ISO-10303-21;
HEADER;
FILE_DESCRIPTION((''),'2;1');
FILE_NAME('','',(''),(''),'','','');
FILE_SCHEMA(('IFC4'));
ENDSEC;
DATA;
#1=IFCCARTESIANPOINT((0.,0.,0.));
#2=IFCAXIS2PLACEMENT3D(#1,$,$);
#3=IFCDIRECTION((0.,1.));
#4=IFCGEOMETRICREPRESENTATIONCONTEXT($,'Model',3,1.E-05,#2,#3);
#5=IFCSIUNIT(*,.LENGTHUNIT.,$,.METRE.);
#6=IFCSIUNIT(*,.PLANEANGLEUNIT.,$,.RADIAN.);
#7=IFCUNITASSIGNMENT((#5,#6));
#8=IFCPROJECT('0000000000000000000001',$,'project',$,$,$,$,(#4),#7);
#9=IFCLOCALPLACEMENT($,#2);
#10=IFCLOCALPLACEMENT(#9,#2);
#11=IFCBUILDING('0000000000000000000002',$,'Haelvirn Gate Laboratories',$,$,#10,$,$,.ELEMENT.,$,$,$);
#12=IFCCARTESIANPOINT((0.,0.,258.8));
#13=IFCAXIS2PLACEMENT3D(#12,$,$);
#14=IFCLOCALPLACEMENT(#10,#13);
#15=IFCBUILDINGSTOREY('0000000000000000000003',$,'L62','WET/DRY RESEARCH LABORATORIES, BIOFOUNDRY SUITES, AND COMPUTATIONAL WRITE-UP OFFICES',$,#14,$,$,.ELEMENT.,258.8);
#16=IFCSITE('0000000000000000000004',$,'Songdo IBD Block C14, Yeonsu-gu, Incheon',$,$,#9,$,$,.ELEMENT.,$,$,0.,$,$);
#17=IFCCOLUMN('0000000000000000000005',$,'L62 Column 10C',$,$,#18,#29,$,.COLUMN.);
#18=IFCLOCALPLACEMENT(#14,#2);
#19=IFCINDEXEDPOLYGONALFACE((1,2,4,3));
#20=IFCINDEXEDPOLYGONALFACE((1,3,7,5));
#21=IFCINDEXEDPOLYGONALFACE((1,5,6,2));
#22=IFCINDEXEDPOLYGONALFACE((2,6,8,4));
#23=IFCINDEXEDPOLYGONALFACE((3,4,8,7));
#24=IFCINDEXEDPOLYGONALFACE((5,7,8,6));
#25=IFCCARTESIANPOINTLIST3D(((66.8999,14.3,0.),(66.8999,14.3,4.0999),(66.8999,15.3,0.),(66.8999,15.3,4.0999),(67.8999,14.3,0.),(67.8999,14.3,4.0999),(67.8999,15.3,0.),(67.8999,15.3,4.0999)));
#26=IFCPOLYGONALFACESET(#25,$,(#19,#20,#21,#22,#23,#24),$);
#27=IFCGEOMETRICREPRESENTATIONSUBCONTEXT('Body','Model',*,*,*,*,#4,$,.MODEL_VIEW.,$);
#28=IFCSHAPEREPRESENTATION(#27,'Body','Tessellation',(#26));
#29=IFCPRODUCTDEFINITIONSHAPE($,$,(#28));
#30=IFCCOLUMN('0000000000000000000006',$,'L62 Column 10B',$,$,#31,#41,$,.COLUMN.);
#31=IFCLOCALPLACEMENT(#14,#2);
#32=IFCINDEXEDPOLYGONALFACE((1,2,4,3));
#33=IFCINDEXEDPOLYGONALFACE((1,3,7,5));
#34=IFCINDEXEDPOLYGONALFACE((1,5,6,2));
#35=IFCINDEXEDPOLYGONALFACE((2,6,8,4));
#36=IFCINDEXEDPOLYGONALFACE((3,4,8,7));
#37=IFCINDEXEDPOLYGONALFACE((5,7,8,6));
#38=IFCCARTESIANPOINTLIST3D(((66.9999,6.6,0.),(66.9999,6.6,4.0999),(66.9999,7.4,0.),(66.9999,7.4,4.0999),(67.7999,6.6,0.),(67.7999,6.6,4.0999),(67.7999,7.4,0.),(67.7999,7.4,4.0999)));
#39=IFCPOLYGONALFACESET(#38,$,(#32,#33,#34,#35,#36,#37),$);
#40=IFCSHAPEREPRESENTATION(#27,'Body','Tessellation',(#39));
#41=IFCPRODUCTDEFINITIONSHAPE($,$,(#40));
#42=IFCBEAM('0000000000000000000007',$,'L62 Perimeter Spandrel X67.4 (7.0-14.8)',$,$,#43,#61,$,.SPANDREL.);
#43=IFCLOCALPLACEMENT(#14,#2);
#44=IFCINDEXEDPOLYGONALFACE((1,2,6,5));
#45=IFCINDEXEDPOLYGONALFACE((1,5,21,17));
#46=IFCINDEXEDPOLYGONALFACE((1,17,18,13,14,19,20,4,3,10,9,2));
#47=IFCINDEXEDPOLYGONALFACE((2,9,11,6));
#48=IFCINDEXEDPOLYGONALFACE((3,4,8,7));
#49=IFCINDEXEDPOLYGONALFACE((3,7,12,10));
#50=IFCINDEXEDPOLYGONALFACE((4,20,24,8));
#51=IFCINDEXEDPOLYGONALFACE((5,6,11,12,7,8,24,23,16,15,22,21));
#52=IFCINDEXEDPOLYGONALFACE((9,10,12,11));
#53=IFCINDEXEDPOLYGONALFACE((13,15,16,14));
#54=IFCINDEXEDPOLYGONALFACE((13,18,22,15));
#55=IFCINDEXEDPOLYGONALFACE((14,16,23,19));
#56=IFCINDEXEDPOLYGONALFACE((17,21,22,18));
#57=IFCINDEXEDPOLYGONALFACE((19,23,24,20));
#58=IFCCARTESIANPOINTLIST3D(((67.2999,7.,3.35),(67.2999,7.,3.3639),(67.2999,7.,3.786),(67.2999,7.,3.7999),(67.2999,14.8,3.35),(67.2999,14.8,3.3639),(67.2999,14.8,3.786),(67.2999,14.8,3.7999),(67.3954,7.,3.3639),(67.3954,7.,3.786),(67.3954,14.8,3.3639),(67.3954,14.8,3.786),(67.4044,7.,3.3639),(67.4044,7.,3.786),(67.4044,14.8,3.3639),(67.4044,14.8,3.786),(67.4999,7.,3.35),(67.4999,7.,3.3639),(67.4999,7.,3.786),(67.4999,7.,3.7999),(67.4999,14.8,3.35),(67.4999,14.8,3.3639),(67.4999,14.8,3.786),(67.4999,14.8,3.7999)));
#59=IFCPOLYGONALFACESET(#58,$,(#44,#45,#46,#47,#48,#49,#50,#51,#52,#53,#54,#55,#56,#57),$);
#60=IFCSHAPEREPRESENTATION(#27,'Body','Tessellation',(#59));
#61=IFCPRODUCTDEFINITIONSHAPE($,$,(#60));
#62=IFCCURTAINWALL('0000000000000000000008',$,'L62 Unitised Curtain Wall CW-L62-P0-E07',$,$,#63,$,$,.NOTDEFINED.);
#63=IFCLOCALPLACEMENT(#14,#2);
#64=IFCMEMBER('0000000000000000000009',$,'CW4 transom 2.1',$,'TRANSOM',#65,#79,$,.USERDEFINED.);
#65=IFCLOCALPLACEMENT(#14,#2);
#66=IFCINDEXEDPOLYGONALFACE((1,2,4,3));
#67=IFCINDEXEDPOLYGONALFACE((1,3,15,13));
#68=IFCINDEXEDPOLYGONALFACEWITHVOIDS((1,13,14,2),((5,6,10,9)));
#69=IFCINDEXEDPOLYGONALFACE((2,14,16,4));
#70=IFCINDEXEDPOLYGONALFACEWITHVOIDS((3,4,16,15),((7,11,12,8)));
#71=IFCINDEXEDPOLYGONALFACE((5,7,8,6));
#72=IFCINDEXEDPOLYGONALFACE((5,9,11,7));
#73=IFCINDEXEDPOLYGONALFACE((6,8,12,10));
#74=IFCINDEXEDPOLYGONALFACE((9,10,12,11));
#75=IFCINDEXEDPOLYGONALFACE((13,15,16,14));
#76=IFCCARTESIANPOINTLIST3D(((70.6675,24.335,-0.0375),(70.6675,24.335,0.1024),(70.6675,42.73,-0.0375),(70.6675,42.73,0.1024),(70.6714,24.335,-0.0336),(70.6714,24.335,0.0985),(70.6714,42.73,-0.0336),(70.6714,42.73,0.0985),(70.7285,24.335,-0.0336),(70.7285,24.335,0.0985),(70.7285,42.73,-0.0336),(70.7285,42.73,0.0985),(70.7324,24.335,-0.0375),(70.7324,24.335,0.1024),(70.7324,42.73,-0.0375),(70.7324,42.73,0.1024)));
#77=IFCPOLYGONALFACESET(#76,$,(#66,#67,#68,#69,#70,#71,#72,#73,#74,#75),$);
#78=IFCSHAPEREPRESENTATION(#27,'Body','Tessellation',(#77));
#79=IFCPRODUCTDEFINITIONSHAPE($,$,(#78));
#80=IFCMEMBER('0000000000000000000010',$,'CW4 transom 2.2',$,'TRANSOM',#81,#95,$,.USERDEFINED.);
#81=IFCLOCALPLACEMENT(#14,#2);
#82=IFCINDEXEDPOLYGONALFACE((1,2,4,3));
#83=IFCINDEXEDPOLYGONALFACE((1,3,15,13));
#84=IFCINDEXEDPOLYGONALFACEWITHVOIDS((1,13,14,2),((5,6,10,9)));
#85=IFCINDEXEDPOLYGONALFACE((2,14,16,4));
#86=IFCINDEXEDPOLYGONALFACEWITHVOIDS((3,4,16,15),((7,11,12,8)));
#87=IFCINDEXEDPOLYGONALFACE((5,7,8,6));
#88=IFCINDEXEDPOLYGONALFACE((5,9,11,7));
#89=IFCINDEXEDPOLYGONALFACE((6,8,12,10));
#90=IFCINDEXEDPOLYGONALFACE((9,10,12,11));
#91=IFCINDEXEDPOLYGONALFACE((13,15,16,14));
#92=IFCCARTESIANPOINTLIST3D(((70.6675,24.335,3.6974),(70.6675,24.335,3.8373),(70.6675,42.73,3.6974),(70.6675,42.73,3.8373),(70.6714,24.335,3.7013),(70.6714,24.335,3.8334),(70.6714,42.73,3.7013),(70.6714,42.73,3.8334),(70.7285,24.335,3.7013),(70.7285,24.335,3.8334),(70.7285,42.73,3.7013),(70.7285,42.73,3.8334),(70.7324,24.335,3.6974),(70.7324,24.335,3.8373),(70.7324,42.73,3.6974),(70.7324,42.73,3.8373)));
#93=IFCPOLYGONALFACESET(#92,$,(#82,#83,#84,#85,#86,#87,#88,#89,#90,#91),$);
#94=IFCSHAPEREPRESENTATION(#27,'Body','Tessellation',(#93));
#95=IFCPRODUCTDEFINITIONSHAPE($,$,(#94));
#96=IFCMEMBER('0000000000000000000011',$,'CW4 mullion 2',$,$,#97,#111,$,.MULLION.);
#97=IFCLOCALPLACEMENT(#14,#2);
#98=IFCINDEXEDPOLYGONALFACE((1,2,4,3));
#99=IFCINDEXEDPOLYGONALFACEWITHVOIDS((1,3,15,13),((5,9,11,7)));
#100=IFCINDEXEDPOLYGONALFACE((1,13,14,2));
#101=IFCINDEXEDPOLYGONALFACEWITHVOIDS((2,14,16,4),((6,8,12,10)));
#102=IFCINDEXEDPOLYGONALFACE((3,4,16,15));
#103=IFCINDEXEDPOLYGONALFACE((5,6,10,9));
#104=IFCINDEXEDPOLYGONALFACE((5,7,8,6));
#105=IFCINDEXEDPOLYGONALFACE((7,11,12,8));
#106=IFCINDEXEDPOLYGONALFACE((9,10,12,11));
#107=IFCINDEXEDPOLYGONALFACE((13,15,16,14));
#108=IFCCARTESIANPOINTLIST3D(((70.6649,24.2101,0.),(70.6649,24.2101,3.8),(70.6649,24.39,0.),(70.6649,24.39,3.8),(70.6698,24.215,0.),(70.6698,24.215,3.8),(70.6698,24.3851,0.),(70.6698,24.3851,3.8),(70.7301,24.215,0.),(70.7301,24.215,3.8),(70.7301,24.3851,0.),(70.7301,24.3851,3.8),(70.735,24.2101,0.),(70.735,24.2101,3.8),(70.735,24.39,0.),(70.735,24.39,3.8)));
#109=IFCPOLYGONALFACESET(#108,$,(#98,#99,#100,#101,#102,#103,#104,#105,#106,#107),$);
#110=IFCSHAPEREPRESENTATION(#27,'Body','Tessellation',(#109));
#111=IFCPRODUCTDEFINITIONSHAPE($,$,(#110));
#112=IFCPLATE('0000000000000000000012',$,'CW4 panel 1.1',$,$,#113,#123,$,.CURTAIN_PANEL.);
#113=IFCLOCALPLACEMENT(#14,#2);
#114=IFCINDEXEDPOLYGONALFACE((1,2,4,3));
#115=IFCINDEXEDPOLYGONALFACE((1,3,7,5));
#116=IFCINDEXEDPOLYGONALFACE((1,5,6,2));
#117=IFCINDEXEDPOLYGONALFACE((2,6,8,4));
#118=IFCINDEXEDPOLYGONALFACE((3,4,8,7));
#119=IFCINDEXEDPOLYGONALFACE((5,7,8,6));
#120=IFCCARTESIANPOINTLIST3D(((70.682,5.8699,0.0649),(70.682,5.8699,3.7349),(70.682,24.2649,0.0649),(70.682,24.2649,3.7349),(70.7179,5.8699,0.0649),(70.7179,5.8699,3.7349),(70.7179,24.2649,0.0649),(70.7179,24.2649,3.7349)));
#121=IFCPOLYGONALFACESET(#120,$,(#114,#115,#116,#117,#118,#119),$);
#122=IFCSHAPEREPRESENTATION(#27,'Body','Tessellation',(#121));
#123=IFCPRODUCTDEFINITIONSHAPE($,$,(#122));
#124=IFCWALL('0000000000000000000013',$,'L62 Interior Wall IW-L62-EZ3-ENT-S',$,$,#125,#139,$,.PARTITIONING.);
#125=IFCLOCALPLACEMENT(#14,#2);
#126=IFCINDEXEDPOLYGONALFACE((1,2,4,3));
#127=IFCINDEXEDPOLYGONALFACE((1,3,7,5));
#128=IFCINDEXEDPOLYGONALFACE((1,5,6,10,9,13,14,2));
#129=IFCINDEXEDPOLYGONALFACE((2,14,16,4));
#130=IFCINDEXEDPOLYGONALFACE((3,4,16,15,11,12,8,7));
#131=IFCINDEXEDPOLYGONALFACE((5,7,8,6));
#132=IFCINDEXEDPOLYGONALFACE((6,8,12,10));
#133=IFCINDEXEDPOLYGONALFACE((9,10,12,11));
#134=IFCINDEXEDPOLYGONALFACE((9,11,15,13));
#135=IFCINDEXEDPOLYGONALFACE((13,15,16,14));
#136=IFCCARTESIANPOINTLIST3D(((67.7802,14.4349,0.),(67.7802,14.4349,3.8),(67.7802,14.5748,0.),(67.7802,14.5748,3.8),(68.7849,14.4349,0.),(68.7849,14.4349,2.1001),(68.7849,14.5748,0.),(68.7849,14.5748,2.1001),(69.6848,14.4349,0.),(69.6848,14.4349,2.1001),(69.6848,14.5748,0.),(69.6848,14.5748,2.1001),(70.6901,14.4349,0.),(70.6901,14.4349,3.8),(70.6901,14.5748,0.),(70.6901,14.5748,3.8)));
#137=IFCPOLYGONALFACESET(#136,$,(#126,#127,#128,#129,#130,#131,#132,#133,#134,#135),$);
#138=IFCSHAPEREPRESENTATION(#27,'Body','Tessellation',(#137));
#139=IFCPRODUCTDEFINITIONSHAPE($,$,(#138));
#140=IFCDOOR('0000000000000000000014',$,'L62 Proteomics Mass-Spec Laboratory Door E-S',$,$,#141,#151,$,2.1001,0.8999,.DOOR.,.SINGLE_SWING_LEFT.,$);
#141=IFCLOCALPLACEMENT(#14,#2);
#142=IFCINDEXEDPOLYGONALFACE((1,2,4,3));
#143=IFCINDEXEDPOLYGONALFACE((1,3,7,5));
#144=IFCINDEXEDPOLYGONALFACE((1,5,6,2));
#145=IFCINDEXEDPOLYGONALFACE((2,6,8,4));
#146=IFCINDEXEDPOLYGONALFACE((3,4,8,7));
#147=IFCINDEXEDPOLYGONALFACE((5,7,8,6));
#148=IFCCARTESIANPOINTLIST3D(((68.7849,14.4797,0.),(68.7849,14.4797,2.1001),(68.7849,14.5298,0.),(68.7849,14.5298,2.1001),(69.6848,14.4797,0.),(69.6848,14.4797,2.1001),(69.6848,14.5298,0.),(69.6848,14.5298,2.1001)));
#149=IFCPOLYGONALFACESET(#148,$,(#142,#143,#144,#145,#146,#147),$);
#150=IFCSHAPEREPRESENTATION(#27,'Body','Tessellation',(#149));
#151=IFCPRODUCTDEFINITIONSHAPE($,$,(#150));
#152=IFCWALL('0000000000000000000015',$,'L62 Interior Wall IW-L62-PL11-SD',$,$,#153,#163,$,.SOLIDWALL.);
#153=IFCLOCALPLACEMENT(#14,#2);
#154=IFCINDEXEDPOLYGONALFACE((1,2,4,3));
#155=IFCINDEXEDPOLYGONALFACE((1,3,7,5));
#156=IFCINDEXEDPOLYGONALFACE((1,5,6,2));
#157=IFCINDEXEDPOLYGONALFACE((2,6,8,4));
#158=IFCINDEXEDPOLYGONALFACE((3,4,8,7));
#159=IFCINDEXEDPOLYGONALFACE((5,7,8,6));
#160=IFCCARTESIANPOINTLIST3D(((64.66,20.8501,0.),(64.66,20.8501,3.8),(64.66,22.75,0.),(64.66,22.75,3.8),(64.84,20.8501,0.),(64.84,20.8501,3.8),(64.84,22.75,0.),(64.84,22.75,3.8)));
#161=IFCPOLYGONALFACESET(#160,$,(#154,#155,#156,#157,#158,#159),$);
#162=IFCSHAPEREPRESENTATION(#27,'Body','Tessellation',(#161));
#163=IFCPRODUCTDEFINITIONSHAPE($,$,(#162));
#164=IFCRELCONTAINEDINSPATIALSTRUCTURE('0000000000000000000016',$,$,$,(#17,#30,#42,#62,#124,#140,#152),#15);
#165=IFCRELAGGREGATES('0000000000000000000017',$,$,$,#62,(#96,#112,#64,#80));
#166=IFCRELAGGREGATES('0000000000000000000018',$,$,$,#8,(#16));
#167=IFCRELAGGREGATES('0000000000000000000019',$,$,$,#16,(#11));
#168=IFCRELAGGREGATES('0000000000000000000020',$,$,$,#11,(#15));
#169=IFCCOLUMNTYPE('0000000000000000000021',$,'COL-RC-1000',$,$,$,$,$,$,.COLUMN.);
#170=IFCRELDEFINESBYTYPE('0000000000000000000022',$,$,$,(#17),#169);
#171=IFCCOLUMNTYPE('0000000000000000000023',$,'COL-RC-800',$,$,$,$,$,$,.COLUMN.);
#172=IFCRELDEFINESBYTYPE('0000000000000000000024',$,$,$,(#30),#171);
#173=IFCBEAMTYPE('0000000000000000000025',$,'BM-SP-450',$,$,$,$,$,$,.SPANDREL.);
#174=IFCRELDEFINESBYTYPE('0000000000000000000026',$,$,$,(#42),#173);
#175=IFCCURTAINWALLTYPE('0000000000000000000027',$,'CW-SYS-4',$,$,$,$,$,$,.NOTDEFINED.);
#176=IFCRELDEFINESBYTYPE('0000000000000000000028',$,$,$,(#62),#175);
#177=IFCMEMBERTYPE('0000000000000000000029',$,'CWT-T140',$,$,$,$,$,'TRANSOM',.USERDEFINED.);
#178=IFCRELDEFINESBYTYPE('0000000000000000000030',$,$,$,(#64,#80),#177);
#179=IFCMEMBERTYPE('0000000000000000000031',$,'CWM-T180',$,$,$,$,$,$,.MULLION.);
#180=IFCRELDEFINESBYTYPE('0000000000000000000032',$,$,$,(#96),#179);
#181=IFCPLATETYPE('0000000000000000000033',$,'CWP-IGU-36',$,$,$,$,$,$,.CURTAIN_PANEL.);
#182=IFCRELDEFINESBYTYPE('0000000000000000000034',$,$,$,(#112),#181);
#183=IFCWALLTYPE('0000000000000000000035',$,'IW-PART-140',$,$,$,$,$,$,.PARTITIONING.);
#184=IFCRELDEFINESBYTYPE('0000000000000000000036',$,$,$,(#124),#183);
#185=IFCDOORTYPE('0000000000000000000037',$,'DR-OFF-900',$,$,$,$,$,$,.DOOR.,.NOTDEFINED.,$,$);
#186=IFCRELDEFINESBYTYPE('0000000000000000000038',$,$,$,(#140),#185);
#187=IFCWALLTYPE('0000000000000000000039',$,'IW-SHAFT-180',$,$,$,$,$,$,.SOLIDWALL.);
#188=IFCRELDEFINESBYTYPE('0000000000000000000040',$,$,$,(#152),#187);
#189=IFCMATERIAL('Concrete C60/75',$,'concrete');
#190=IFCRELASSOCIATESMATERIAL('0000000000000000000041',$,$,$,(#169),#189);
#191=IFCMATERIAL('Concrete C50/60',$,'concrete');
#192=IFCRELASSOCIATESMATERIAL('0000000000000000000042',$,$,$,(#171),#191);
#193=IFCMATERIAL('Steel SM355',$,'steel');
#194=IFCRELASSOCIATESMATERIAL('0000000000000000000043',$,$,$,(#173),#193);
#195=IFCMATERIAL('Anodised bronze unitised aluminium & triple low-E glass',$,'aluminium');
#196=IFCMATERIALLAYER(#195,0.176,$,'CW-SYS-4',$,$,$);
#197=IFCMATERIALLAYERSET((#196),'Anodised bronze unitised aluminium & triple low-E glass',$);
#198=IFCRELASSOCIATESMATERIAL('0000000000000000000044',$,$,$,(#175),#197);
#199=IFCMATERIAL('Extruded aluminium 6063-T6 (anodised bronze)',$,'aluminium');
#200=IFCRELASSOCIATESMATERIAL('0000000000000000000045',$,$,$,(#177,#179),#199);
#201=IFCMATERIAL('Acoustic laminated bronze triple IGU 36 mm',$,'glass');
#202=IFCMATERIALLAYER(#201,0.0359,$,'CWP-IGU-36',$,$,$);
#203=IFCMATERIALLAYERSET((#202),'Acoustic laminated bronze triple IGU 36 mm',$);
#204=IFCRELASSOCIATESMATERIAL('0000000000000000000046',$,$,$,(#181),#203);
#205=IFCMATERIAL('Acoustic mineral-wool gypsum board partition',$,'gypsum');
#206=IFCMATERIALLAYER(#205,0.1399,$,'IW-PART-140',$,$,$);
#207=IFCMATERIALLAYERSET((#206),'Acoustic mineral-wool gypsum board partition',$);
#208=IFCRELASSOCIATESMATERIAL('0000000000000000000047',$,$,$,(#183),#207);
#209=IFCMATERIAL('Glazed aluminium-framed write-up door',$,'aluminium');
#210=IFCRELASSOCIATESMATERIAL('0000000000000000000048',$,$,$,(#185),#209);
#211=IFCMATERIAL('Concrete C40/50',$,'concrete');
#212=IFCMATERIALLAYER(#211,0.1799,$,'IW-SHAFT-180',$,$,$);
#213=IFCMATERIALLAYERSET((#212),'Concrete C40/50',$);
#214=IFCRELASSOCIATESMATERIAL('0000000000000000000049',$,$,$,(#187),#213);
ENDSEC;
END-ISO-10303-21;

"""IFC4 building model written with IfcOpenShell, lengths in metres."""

from ifc_helpers import new_model, si_unit, direction, frame, frame_2d, origin, origin_2d, place, context, subcontext, project, spatial, rectangle, hollow_rectangle, i_section, extrude, source, transform, mapped, material, layer, layer_set, material_profile, profile_set, type_object, type_shapes, element, fill, aggregate, save


model = new_model("IFC4")

# Units and contexts
model_context = context("Model", 3, precision=1e-05, world=origin(), true_north=direction((0.0, 1.0)))
body_context = subcontext(model_context, "Body", "Model", "MODEL_VIEW")
ifc_project = project(units=[si_unit("LENGTHUNIT", "METRE"), si_unit("PLANEANGLEUNIT", "RADIAN")], contexts=[model_context])

# Site, building, storey
site_placement = place(None, origin())
site = spatial("IfcSite", under=ifc_project, at=site_placement, Name="Songdo IBD Block C14, Yeonsu-gu, Incheon", CompositionType="ELEMENT", RefElevation=0.0)
building_placement = place(site_placement, origin())
building = spatial("IfcBuilding", under=site, at=building_placement, Name="Haelvirn Gate Laboratories", CompositionType="ELEMENT")
storey_placement = place(building_placement, frame((0.0, 0.0, 258.8)))
storey = spatial("IfcBuildingStorey", under=building, at=storey_placement, Name="L62", Description="WET/DRY RESEARCH LABORATORIES, BIOFOUNDRY SUITES, AND COMPUTATIONAL WRITE-UP OFFICES", CompositionType="ELEMENT", Elevation=258.8)

# Columns
ifc_material_1 = material(Name="Concrete C60/75", Category="concrete")
ifc_material_profile_1 = material_profile(ifc_material_1, rectangle(XDim=1.0, YDim=1.0, at=origin_2d()), Name="RC-1000x1000")
ifc_profile_set_1 = profile_set([ifc_material_profile_1], Name="Concrete C60/75")
column_type_1 = type_object("IfcColumnType", Name="COL-RC-1000", PredefinedType="COLUMN", material=ifc_profile_set_1)
shared_shape_1 = source(origin(), body_context, "Body", "SweptSolid", [
    extrude(rectangle(XDim=1.0, YDim=1.0, at=origin_2d()), origin(), (0.0, 0.0, 1.0), 4.0999),
])
type_shapes(column_type_1, [shared_shape_1])
column_1_placement = place(storey_placement, frame((67.3999, 14.8, 0.0), z_axis=(0.0, 0.0, 1.0), x_axis=(1.0, 0.0, 0.0)))
element("IfcColumn", 1, at=column_1_placement, inside=storey, type_object=column_type_1, Name="L62 Column 10C", PredefinedType="COLUMN", context=body_context, shape_type="MappedRepresentation", body=[
    mapped(shared_shape_1, transform((0.0, 0.0, 0.0), scale=1.0)),
])
ifc_material_2 = material(Name="Concrete C50/60", Category="concrete")
ifc_material_profile_2 = material_profile(ifc_material_2, rectangle(XDim=0.8, YDim=0.8, at=origin_2d()), Name="RC-800x800")
ifc_profile_set_2 = profile_set([ifc_material_profile_2], Name="Concrete C50/60")
column_type_2 = type_object("IfcColumnType", Name="COL-RC-800", PredefinedType="COLUMN", material=ifc_profile_set_2)
shared_shape_2 = source(origin(), body_context, "Body", "SweptSolid", [
    extrude(rectangle(XDim=0.8, YDim=0.8, at=origin_2d()), origin(), (0.0, 0.0, 1.0), 4.0999),
])
type_shapes(column_type_2, [shared_shape_2])
column_2_placement = place(storey_placement, frame((67.3999, 7.0, 0.0), z_axis=(0.0, 0.0, 1.0), x_axis=(1.0, 0.0, 0.0)))
element("IfcColumn", 2, at=column_2_placement, inside=storey, type_object=column_type_2, Name="L62 Column 10B", PredefinedType="COLUMN", context=body_context, shape_type="MappedRepresentation", body=[
    mapped(shared_shape_2, transform((0.0, 0.0, 0.0), scale=1.0)),
])

# Beam
ifc_material_3 = material(Name="Steel SM355", Category="steel")
ifc_material_profile_3 = material_profile(ifc_material_3, i_section(OverallWidth=0.2, OverallDepth=0.45, WebThickness=0.009, FlangeThickness=0.0139, at=origin_2d()), Name="H-450x200x9x14")
ifc_profile_set_3 = profile_set([ifc_material_profile_3], Name="Steel SM355")
beam_type = type_object("IfcBeamType", Name="BM-SP-450", PredefinedType="SPANDREL", material=ifc_profile_set_3)
shared_shape_3 = source(origin(), body_context, "Body", "SweptSolid", [
    extrude(i_section(OverallWidth=0.2, OverallDepth=0.45, WebThickness=0.009, FlangeThickness=0.0139, at=origin_2d()), origin(), (0.0, 0.0, 1.0), 7.8),
])
type_shapes(beam_type, [shared_shape_3])
beam_placement = place(storey_placement, frame((67.3999, 7.0, 3.575), z_axis=(0.0, 1.0, 0.0), x_axis=(-1.0, 0.0, 0.0)))
element("IfcBeam", 3, at=beam_placement, inside=storey, type_object=beam_type, Name="L62 Perimeter Spandrel X67.4 (7.0-14.8)", PredefinedType="SPANDREL", context=body_context, shape_type="MappedRepresentation", body=[
    mapped(shared_shape_3, transform((0.0, 0.0, 0.0), scale=1.0)),
])

# Curtain wall, members, plate
ifc_material_4 = material(Name="Anodised bronze unitised aluminium & triple low-E glass", Category="aluminium")
ifc_layer_1 = layer(ifc_material_4, 0.176, Name="CW-SYS-4")
ifc_layer_set_1 = layer_set([ifc_layer_1], Name="Anodised bronze unitised aluminium & triple low-E glass")
curtain_wall_type = type_object("IfcCurtainWallType", Name="CW-SYS-4", PredefinedType="NOTDEFINED", material=ifc_layer_set_1)
curtain_wall_placement = place(storey_placement, origin())
curtain_wall = element("IfcCurtainWall", 4, at=curtain_wall_placement, inside=storey, type_object=curtain_wall_type, Name="L62 Unitised Curtain Wall CW-L62-P0-E07", PredefinedType="NOTDEFINED")
ifc_material_5 = material(Name="Extruded aluminium 6063-T6 (anodised bronze)", Category="aluminium")
ifc_material_profile_4 = material_profile(ifc_material_5, hollow_rectangle(XDim=0.0649, YDim=0.1399, WallThickness=0.0039, at=origin_2d()), Name="CWT-140x65x4")
ifc_profile_set_4 = profile_set([ifc_material_profile_4], Name="Extruded aluminium 6063-T6 (anodised bronze)")
member_type_1 = type_object("IfcMemberType", Name="CWT-T140", ElementType="TRANSOM", PredefinedType="USERDEFINED", material=ifc_profile_set_4)
shared_shape_4 = source(origin(), body_context, "Body", "SweptSolid", [
    extrude(hollow_rectangle(XDim=0.0649, YDim=0.1399, WallThickness=0.0039, at=origin_2d()), origin(), (0.0, 0.0, 1.0), 18.395),
])
type_shapes(member_type_1, [shared_shape_4])
member_1_placement = place(storey_placement, frame((70.7, 24.335, 0.0325), z_axis=(0.0, 1.0, 0.0), x_axis=(-1.0, 0.0, 0.0)))
member_1 = element("IfcMember", 5, at=member_1_placement, type_object=member_type_1, Name="CW4 transom 2.1", ObjectType="TRANSOM", PredefinedType="USERDEFINED", context=body_context, shape_type="MappedRepresentation", body=[
    mapped(shared_shape_4, transform((0.0, 0.0, 0.0), scale=1.0)),
])
member_2_placement = place(storey_placement, frame((70.7, 24.335, 3.7673), z_axis=(0.0, 1.0, 0.0), x_axis=(-1.0, 0.0, 0.0)))
member_2 = element("IfcMember", 6, at=member_2_placement, type_object=member_type_1, Name="CW4 transom 2.2", ObjectType="TRANSOM", PredefinedType="USERDEFINED", context=body_context, shape_type="MappedRepresentation", body=[
    mapped(shared_shape_4, transform((0.0, 0.0, 0.0), scale=1.0)),
])
ifc_material_profile_5 = material_profile(ifc_material_5, hollow_rectangle(XDim=0.0701, YDim=0.1799, WallThickness=0.0049, at=origin_2d()), Name="CWM-180x70x5")
ifc_profile_set_5 = profile_set([ifc_material_profile_5], Name="Extruded aluminium 6063-T6 (anodised bronze)")
member_type_2 = type_object("IfcMemberType", Name="CWM-T180", PredefinedType="MULLION", material=ifc_profile_set_5)
shared_shape_5 = source(origin(), body_context, "Body", "SweptSolid", [
    extrude(hollow_rectangle(XDim=0.0701, YDim=0.1799, WallThickness=0.0049, at=origin_2d()), origin(), (0.0, 0.0, 1.0), 3.8),
])
type_shapes(member_type_2, [shared_shape_5])
member_3_placement = place(storey_placement, frame((70.7, 24.3, 0.0), z_axis=(0.0, 0.0, 1.0), x_axis=(-1.0, 0.0, 0.0)))
member_3 = element("IfcMember", 7, at=member_3_placement, type_object=member_type_2, Name="CW4 mullion 2", PredefinedType="MULLION", context=body_context, shape_type="MappedRepresentation", body=[
    mapped(shared_shape_5, transform((0.0, 0.0, 0.0), scale=1.0)),
])
ifc_material_6 = material(Name="Acoustic laminated bronze triple IGU 36 mm", Category="glass")
ifc_layer_2 = layer(ifc_material_6, 0.0359, Name="CWP-IGU-36")
ifc_layer_set_2 = layer_set([ifc_layer_2], Name="Acoustic laminated bronze triple IGU 36 mm")
plate_type = type_object("IfcPlateType", Name="CWP-IGU-36", PredefinedType="CURTAIN_PANEL", material=ifc_layer_set_2)
shared_shape_6 = source(origin(), body_context, "Body", "SweptSolid", [
    extrude(rectangle(XDim=18.395, YDim=0.0359, at=origin_2d()), origin(), (0.0, 0.0, 1.0), 3.6699),
])
type_shapes(plate_type, [shared_shape_6])
plate_placement = place(storey_placement, frame((70.7, 15.0674, 0.0649), z_axis=(0.0, 0.0, 1.0), x_axis=(0.0, 1.0, 0.0)))
plate = element("IfcPlate", 8, at=plate_placement, type_object=plate_type, Name="CW4 panel 1.1", PredefinedType="CURTAIN_PANEL", context=body_context, shape_type="MappedRepresentation", body=[
    mapped(shared_shape_6, transform((0.0, 0.0, 0.0), scale=1.0)),
])
aggregate(curtain_wall, [member_3, plate, member_1, member_2])

# Wall, opening, door
ifc_material_7 = material(Name="Acoustic mineral-wool gypsum board partition", Category="gypsum")
ifc_layer_3 = layer(ifc_material_7, 0.1399, Name="IW-PART-140")
ifc_layer_set_3 = layer_set([ifc_layer_3], Name="Acoustic mineral-wool gypsum board partition")
wall_type_1 = type_object("IfcWallType", Name="IW-PART-140", PredefinedType="PARTITIONING", material=ifc_layer_set_3)
wall_1_placement = place(storey_placement, frame((67.78, 14.5049, 0.0), z_axis=(0.0, 0.0, 1.0), x_axis=(1.0, 0.0, 0.0)))
wall_1 = element("IfcWall", 9, at=wall_1_placement, inside=storey, type_object=wall_type_1, Name="L62 Interior Wall IW-L62-EZ3-ENT-S", PredefinedType="PARTITIONING", context=body_context, shape_type="SweptSolid", body=[
    extrude(rectangle(XDim=2.9099, YDim=0.1399, at=frame_2d((1.4551, 0.0))), origin(), (0.0, 0.0, 1.0), 3.8),
])
opening_1_placement = place(wall_1_placement, frame((1.0049, 0.0, 0.0)))
opening_1 = element("IfcOpeningElement", 10, at=opening_1_placement, cuts=wall_1, PredefinedType="OPENING", context=body_context, shape_type="SweptSolid", body=[
    extrude(rectangle(XDim=0.8999, YDim=2.1001, at=frame_2d((0.45, 1.05))), frame((0.0, 0.0801, 0.0), z_axis=(0.0, -1.0, 0.0), x_axis=(1.0, 0.0, 0.0)), (0.0, 0.0, 1.0), 0.1599),
])
ifc_material_8 = material(Name="Glazed aluminium-framed write-up door", Category="aluminium")
door_type_1 = type_object("IfcDoorType", Name="DR-OFF-900", OperationType="NOTDEFINED", PredefinedType="DOOR", material=ifc_material_8)
shared_shape_7 = source(origin(), body_context, "Body", "SweptSolid", [
    extrude(rectangle(XDim=0.8999, YDim=2.1001, at=frame_2d((0.45, 1.05))), frame((0.0, 0.0249, 0.0), z_axis=(0.0, -1.0, 0.0), x_axis=(1.0, 0.0, 0.0)), (0.0, 0.0, 1.0), 0.05),
])
type_shapes(door_type_1, [shared_shape_7])
door_1_placement = place(opening_1_placement, origin())
door_1 = element("IfcDoor", 11, at=door_1_placement, inside=storey, type_object=door_type_1, Name="L62 Proteomics Mass-Spec Laboratory Door E-S", OperationType="SINGLE_SWING_LEFT", OverallHeight=2.1001, OverallWidth=0.8999, PredefinedType="DOOR", context=body_context, shape_type="MappedRepresentation", body=[
    mapped(shared_shape_7, transform((0.0, 0.0, 0.0), scale=1.0)),
])
fill(opening_1, door_1)

# Wall
ifc_material_9 = material(Name="Concrete C40/50", Category="concrete")
ifc_layer_4 = layer(ifc_material_9, 0.1799, Name="IW-SHAFT-180")
ifc_layer_set_4 = layer_set([ifc_layer_4], Name="Concrete C40/50")
wall_type_2 = type_object("IfcWallType", Name="IW-SHAFT-180", PredefinedType="SOLIDWALL", material=ifc_layer_set_4)
for number, where, z_axis, x_axis, name in (
    (12, (64.75, 20.8501, 0.0), (0.0, 0.0, 1.0), (0.0, 1.0, 0.0), "L62 Interior Wall IW-L62-PL11-SD"),
):
    element("IfcWall", number, at=place(storey_placement, frame(where, z_axis=z_axis, x_axis=x_axis)), inside=storey, type_object=wall_type_2, Name=name, PredefinedType="SOLIDWALL", context=body_context, shape_type="SweptSolid", body=[
        extrude(rectangle(XDim=1.8999, YDim=0.1799, at=frame_2d((0.95, 0.0))), origin(), (0.0, 0.0, 1.0), 3.8),
    ])

save(model, "model.ifc")
